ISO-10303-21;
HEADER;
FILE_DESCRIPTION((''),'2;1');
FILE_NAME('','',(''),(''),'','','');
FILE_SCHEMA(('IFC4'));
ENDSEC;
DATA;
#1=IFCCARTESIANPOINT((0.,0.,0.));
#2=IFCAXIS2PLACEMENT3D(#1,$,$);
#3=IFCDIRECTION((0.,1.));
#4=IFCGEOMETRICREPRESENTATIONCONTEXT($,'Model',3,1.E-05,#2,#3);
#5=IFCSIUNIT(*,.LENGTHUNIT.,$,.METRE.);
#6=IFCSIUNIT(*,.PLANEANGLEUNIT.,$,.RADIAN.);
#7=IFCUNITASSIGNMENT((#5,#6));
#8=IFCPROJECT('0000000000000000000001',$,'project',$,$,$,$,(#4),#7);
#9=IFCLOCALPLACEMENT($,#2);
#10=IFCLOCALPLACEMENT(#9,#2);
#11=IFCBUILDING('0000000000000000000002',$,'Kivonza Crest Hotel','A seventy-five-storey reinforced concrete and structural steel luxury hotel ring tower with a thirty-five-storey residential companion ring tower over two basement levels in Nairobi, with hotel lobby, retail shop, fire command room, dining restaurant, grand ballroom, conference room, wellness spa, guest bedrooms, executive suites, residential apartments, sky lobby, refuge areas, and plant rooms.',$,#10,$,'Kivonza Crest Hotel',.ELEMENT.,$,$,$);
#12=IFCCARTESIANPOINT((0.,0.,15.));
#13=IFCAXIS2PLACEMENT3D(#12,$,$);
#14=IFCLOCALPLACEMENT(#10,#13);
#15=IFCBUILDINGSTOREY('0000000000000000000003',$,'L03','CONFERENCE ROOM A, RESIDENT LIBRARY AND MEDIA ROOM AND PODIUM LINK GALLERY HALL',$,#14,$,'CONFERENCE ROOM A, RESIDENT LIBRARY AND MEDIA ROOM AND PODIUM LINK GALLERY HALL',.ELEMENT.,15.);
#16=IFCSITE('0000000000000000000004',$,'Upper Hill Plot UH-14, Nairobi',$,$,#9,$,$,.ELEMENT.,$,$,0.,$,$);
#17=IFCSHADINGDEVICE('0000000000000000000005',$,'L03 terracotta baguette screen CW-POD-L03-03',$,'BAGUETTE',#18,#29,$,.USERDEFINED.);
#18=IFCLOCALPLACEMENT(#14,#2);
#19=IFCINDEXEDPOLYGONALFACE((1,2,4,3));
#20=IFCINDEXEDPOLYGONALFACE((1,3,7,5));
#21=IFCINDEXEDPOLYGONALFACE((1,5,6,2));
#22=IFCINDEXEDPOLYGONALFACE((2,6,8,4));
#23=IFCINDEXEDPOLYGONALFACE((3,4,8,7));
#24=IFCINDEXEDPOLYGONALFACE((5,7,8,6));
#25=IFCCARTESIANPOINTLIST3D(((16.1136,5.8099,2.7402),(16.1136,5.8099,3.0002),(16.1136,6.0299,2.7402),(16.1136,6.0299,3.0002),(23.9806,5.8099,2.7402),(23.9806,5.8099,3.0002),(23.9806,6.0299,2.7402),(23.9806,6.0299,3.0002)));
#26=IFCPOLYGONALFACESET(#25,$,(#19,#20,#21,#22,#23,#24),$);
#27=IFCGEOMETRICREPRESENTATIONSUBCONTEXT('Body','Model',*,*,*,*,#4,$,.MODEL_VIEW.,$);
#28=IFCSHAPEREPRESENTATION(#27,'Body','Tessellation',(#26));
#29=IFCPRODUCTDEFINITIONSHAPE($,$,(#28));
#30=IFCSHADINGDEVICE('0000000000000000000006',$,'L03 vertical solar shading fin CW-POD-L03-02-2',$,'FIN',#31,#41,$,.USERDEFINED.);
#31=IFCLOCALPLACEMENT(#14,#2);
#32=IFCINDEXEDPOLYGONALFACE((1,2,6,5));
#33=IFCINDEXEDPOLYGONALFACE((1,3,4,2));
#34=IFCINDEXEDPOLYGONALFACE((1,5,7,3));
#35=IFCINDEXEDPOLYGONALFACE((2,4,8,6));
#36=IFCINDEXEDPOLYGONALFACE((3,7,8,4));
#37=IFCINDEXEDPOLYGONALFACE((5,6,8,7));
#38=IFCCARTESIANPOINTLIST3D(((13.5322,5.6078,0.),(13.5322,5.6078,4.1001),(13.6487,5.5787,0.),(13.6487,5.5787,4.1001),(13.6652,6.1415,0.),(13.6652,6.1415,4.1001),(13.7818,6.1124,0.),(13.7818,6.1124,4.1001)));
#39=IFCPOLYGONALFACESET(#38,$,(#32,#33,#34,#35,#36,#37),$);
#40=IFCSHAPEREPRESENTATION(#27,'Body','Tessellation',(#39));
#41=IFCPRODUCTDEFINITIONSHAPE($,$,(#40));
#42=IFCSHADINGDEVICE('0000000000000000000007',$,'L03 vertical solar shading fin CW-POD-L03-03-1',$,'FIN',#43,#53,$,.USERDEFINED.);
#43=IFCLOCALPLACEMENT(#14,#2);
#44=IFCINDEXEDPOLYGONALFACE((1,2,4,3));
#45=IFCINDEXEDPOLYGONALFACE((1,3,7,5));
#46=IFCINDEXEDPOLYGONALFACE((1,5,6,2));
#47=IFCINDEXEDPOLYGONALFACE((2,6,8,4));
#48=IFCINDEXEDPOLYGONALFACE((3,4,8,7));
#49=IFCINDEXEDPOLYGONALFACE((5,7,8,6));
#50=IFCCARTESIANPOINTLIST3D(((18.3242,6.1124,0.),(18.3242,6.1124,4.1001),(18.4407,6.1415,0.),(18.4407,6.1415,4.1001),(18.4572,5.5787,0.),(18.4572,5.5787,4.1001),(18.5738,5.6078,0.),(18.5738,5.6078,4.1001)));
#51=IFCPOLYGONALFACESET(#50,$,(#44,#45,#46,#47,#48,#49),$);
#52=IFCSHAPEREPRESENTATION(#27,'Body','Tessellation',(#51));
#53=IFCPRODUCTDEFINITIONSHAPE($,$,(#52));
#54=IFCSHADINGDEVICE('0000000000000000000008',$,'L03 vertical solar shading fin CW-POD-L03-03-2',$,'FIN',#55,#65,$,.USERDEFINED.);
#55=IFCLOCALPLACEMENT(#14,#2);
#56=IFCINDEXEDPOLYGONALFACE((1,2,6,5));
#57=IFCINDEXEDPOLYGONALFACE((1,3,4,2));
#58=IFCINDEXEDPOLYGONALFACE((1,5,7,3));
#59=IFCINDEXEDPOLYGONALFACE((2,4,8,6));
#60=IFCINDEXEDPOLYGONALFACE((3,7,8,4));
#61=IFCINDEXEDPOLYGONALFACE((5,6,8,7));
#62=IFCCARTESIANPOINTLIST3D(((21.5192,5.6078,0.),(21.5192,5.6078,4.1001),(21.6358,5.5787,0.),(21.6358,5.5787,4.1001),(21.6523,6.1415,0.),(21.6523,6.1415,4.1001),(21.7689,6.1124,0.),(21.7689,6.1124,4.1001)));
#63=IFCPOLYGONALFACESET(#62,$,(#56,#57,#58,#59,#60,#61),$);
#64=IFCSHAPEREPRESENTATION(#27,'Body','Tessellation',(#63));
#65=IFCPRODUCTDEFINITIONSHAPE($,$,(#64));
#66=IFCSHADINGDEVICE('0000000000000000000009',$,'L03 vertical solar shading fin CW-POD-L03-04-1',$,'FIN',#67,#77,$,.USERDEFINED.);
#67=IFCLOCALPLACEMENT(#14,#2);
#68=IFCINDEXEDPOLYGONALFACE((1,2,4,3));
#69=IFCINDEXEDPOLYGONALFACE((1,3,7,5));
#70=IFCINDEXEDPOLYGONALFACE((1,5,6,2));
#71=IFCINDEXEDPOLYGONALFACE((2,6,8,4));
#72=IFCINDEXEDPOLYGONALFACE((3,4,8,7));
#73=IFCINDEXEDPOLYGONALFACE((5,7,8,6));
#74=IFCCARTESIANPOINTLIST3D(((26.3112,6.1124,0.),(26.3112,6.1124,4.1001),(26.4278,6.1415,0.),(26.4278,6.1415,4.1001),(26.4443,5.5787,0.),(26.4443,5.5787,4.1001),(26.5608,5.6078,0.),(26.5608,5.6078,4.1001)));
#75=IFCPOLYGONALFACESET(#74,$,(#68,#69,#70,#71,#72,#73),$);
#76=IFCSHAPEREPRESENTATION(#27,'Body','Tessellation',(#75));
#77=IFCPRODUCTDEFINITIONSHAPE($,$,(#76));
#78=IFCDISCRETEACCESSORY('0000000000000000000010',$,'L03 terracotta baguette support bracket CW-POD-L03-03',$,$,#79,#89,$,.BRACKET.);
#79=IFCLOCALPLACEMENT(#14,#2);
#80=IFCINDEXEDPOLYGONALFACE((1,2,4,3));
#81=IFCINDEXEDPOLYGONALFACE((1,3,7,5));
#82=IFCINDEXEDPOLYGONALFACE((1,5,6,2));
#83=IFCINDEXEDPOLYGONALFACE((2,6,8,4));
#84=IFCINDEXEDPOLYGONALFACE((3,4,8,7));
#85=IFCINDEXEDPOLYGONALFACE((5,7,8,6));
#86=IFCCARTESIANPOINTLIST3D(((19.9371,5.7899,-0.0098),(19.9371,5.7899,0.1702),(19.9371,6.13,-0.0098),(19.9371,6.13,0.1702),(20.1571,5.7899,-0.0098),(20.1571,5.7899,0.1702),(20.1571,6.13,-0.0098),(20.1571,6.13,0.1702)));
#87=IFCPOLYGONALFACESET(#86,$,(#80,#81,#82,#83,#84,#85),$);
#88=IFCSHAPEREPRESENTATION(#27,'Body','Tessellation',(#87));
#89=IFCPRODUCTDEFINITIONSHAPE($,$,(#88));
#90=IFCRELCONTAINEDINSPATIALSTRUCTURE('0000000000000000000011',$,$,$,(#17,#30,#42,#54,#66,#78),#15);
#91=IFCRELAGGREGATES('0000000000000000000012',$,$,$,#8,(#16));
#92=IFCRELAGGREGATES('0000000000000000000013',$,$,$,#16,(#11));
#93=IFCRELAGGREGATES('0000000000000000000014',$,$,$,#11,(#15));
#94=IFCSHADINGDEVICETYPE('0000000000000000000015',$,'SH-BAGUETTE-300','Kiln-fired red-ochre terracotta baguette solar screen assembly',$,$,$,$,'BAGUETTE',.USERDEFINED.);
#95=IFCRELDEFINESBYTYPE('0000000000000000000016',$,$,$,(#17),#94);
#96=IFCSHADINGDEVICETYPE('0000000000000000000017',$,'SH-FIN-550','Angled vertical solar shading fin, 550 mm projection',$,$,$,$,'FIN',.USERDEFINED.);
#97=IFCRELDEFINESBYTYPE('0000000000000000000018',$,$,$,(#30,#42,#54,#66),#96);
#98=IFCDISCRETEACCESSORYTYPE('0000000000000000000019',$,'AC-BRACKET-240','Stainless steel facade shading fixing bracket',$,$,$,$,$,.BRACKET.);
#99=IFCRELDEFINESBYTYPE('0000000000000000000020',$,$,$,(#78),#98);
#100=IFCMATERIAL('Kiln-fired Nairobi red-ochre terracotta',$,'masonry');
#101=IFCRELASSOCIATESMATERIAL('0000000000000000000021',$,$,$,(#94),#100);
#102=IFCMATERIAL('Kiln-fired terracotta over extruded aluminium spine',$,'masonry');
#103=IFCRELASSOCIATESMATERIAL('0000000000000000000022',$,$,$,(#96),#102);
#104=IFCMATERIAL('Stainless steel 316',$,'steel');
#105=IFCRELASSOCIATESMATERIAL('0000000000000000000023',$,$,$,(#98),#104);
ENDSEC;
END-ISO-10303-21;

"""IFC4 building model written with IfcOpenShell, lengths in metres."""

from ifc_helpers import new_model, si_unit, direction, frame, origin, origin_2d, place, context, subcontext, project, spatial, rectangle, extrude, material, type_object, element, save


model = new_model("IFC4")

# Units and contexts
model_context = context("Model", 3, precision=1e-05, world=origin(), true_north=direction((0.0, 1.0)))
body_context = subcontext(model_context, "Body", "Model", "MODEL_VIEW")
ifc_project = project(units=[si_unit("LENGTHUNIT", "METRE"), si_unit("PLANEANGLEUNIT", "RADIAN")], contexts=[model_context])

# Site, building, storey
site_placement = place(None, origin())
site = spatial("IfcSite", under=ifc_project, at=site_placement, Name="Upper Hill Plot UH-14, Nairobi", CompositionType="ELEMENT", RefElevation=0.0)
building_placement = place(site_placement, origin())
building = spatial("IfcBuilding", under=site, at=building_placement, Name="Kivonza Crest Hotel", Description="A seventy-five-storey reinforced concrete and structural steel luxury hotel ring tower with a thirty-five-storey residential companion ring tower over two basement levels in Nairobi, with hotel lobby, retail shop, fire command room, dining restaurant, grand ballroom, conference room, wellness spa, guest bedrooms, executive suites, residential apartments, sky lobby, refuge areas, and plant rooms.", LongName="Kivonza Crest Hotel", CompositionType="ELEMENT")
storey_placement = place(building_placement, frame((0.0, 0.0, 15.0)))
storey = spatial("IfcBuildingStorey", under=building, at=storey_placement, Name="L03", Description="CONFERENCE ROOM A, RESIDENT LIBRARY AND MEDIA ROOM AND PODIUM LINK GALLERY HALL", LongName="CONFERENCE ROOM A, RESIDENT LIBRARY AND MEDIA ROOM AND PODIUM LINK GALLERY HALL", CompositionType="ELEMENT", Elevation=15.0)

# Shading devices
ifc_material_1 = material(Name="Kiln-fired Nairobi red-ochre terracotta", Category="masonry")
shading_device_type_1 = type_object("IfcShadingDeviceType", Name="SH-BAGUETTE-300", Description="Kiln-fired red-ochre terracotta baguette solar screen assembly", ElementType="BAGUETTE", PredefinedType="USERDEFINED", material=ifc_material_1)
shading_device_placement = place(storey_placement, frame((20.0471, 5.9199, 2.7402), z_axis=(0.0, 0.0, 1.0), x_axis=(1.0, 0.0, 0.0)))
element("IfcShadingDevice", 1, at=shading_device_placement, inside=storey, type_object=shading_device_type_1, Name="L03 terracotta baguette screen CW-POD-L03-03", ObjectType="BAGUETTE", PredefinedType="USERDEFINED", context=body_context, shape_type="SweptSolid", body=[
    extrude(rectangle(XDim=7.8669, YDim=0.22, at=origin_2d()), origin(), (0.0, 0.0, 1.0), 0.26),
])
ifc_material_2 = material(Name="Kiln-fired terracotta over extruded aluminium spine", Category="masonry")
shading_device_type_2 = type_object("IfcShadingDeviceType", Name="SH-FIN-550", Description="Angled vertical solar shading fin, 550 mm projection", ElementType="FIN", PredefinedType="USERDEFINED", material=ifc_material_2)
for number, where, z_axis, x_axis, name in (
    (2, (13.657, 5.8601, 0.0), (0.0, 0.0, 1.0), (0.970296, -0.241922, 0.0), "L03 vertical solar shading fin CW-POD-L03-02-2"),
    (3, (18.449, 5.8601, 0.0), (0.0, 0.0, 1.0), (0.970296, 0.241922, 0.0), "L03 vertical solar shading fin CW-POD-L03-03-1"),
    (4, (21.644, 5.8601, 0.0), (0.0, 0.0, 1.0), (0.970296, -0.241922, 0.0), "L03 vertical solar shading fin CW-POD-L03-03-2"),
    (5, (26.436, 5.8601, 0.0), (0.0, 0.0, 1.0), (0.970296, 0.241922, 0.0), "L03 vertical solar shading fin CW-POD-L03-04-1"),
):
    element("IfcShadingDevice", number, at=place(storey_placement, frame(where, z_axis=z_axis, x_axis=x_axis)), inside=storey, type_object=shading_device_type_2, Name=name, ObjectType="FIN", PredefinedType="USERDEFINED", context=body_context, shape_type="SweptSolid", body=[
        extrude(rectangle(XDim=0.1201, YDim=0.55, at=origin_2d()), origin(), (0.0, 0.0, 1.0), 4.1001),
    ])

# Discrete accessory
ifc_material_3 = material(Name="Stainless steel 316", Category="steel")
discrete_accessory_type = type_object("IfcDiscreteAccessoryType", Name="AC-BRACKET-240", Description="Stainless steel facade shading fixing bracket", PredefinedType="BRACKET", material=ifc_material_3)
discrete_accessory_placement = place(storey_placement, frame((20.0471, 5.96, -0.0098), z_axis=(0.0, 0.0, 1.0), x_axis=(1.0, 0.0, 0.0)))
element("IfcDiscreteAccessory", 6, at=discrete_accessory_placement, inside=storey, type_object=discrete_accessory_type, Name="L03 terracotta baguette support bracket CW-POD-L03-03", PredefinedType="BRACKET", context=body_context, shape_type="SweptSolid", body=[
    extrude(rectangle(XDim=0.22, YDim=0.3401, at=origin_2d()), origin(), (0.0, 0.0, 1.0), 0.1799),
])

save(model, "model.ifc")
